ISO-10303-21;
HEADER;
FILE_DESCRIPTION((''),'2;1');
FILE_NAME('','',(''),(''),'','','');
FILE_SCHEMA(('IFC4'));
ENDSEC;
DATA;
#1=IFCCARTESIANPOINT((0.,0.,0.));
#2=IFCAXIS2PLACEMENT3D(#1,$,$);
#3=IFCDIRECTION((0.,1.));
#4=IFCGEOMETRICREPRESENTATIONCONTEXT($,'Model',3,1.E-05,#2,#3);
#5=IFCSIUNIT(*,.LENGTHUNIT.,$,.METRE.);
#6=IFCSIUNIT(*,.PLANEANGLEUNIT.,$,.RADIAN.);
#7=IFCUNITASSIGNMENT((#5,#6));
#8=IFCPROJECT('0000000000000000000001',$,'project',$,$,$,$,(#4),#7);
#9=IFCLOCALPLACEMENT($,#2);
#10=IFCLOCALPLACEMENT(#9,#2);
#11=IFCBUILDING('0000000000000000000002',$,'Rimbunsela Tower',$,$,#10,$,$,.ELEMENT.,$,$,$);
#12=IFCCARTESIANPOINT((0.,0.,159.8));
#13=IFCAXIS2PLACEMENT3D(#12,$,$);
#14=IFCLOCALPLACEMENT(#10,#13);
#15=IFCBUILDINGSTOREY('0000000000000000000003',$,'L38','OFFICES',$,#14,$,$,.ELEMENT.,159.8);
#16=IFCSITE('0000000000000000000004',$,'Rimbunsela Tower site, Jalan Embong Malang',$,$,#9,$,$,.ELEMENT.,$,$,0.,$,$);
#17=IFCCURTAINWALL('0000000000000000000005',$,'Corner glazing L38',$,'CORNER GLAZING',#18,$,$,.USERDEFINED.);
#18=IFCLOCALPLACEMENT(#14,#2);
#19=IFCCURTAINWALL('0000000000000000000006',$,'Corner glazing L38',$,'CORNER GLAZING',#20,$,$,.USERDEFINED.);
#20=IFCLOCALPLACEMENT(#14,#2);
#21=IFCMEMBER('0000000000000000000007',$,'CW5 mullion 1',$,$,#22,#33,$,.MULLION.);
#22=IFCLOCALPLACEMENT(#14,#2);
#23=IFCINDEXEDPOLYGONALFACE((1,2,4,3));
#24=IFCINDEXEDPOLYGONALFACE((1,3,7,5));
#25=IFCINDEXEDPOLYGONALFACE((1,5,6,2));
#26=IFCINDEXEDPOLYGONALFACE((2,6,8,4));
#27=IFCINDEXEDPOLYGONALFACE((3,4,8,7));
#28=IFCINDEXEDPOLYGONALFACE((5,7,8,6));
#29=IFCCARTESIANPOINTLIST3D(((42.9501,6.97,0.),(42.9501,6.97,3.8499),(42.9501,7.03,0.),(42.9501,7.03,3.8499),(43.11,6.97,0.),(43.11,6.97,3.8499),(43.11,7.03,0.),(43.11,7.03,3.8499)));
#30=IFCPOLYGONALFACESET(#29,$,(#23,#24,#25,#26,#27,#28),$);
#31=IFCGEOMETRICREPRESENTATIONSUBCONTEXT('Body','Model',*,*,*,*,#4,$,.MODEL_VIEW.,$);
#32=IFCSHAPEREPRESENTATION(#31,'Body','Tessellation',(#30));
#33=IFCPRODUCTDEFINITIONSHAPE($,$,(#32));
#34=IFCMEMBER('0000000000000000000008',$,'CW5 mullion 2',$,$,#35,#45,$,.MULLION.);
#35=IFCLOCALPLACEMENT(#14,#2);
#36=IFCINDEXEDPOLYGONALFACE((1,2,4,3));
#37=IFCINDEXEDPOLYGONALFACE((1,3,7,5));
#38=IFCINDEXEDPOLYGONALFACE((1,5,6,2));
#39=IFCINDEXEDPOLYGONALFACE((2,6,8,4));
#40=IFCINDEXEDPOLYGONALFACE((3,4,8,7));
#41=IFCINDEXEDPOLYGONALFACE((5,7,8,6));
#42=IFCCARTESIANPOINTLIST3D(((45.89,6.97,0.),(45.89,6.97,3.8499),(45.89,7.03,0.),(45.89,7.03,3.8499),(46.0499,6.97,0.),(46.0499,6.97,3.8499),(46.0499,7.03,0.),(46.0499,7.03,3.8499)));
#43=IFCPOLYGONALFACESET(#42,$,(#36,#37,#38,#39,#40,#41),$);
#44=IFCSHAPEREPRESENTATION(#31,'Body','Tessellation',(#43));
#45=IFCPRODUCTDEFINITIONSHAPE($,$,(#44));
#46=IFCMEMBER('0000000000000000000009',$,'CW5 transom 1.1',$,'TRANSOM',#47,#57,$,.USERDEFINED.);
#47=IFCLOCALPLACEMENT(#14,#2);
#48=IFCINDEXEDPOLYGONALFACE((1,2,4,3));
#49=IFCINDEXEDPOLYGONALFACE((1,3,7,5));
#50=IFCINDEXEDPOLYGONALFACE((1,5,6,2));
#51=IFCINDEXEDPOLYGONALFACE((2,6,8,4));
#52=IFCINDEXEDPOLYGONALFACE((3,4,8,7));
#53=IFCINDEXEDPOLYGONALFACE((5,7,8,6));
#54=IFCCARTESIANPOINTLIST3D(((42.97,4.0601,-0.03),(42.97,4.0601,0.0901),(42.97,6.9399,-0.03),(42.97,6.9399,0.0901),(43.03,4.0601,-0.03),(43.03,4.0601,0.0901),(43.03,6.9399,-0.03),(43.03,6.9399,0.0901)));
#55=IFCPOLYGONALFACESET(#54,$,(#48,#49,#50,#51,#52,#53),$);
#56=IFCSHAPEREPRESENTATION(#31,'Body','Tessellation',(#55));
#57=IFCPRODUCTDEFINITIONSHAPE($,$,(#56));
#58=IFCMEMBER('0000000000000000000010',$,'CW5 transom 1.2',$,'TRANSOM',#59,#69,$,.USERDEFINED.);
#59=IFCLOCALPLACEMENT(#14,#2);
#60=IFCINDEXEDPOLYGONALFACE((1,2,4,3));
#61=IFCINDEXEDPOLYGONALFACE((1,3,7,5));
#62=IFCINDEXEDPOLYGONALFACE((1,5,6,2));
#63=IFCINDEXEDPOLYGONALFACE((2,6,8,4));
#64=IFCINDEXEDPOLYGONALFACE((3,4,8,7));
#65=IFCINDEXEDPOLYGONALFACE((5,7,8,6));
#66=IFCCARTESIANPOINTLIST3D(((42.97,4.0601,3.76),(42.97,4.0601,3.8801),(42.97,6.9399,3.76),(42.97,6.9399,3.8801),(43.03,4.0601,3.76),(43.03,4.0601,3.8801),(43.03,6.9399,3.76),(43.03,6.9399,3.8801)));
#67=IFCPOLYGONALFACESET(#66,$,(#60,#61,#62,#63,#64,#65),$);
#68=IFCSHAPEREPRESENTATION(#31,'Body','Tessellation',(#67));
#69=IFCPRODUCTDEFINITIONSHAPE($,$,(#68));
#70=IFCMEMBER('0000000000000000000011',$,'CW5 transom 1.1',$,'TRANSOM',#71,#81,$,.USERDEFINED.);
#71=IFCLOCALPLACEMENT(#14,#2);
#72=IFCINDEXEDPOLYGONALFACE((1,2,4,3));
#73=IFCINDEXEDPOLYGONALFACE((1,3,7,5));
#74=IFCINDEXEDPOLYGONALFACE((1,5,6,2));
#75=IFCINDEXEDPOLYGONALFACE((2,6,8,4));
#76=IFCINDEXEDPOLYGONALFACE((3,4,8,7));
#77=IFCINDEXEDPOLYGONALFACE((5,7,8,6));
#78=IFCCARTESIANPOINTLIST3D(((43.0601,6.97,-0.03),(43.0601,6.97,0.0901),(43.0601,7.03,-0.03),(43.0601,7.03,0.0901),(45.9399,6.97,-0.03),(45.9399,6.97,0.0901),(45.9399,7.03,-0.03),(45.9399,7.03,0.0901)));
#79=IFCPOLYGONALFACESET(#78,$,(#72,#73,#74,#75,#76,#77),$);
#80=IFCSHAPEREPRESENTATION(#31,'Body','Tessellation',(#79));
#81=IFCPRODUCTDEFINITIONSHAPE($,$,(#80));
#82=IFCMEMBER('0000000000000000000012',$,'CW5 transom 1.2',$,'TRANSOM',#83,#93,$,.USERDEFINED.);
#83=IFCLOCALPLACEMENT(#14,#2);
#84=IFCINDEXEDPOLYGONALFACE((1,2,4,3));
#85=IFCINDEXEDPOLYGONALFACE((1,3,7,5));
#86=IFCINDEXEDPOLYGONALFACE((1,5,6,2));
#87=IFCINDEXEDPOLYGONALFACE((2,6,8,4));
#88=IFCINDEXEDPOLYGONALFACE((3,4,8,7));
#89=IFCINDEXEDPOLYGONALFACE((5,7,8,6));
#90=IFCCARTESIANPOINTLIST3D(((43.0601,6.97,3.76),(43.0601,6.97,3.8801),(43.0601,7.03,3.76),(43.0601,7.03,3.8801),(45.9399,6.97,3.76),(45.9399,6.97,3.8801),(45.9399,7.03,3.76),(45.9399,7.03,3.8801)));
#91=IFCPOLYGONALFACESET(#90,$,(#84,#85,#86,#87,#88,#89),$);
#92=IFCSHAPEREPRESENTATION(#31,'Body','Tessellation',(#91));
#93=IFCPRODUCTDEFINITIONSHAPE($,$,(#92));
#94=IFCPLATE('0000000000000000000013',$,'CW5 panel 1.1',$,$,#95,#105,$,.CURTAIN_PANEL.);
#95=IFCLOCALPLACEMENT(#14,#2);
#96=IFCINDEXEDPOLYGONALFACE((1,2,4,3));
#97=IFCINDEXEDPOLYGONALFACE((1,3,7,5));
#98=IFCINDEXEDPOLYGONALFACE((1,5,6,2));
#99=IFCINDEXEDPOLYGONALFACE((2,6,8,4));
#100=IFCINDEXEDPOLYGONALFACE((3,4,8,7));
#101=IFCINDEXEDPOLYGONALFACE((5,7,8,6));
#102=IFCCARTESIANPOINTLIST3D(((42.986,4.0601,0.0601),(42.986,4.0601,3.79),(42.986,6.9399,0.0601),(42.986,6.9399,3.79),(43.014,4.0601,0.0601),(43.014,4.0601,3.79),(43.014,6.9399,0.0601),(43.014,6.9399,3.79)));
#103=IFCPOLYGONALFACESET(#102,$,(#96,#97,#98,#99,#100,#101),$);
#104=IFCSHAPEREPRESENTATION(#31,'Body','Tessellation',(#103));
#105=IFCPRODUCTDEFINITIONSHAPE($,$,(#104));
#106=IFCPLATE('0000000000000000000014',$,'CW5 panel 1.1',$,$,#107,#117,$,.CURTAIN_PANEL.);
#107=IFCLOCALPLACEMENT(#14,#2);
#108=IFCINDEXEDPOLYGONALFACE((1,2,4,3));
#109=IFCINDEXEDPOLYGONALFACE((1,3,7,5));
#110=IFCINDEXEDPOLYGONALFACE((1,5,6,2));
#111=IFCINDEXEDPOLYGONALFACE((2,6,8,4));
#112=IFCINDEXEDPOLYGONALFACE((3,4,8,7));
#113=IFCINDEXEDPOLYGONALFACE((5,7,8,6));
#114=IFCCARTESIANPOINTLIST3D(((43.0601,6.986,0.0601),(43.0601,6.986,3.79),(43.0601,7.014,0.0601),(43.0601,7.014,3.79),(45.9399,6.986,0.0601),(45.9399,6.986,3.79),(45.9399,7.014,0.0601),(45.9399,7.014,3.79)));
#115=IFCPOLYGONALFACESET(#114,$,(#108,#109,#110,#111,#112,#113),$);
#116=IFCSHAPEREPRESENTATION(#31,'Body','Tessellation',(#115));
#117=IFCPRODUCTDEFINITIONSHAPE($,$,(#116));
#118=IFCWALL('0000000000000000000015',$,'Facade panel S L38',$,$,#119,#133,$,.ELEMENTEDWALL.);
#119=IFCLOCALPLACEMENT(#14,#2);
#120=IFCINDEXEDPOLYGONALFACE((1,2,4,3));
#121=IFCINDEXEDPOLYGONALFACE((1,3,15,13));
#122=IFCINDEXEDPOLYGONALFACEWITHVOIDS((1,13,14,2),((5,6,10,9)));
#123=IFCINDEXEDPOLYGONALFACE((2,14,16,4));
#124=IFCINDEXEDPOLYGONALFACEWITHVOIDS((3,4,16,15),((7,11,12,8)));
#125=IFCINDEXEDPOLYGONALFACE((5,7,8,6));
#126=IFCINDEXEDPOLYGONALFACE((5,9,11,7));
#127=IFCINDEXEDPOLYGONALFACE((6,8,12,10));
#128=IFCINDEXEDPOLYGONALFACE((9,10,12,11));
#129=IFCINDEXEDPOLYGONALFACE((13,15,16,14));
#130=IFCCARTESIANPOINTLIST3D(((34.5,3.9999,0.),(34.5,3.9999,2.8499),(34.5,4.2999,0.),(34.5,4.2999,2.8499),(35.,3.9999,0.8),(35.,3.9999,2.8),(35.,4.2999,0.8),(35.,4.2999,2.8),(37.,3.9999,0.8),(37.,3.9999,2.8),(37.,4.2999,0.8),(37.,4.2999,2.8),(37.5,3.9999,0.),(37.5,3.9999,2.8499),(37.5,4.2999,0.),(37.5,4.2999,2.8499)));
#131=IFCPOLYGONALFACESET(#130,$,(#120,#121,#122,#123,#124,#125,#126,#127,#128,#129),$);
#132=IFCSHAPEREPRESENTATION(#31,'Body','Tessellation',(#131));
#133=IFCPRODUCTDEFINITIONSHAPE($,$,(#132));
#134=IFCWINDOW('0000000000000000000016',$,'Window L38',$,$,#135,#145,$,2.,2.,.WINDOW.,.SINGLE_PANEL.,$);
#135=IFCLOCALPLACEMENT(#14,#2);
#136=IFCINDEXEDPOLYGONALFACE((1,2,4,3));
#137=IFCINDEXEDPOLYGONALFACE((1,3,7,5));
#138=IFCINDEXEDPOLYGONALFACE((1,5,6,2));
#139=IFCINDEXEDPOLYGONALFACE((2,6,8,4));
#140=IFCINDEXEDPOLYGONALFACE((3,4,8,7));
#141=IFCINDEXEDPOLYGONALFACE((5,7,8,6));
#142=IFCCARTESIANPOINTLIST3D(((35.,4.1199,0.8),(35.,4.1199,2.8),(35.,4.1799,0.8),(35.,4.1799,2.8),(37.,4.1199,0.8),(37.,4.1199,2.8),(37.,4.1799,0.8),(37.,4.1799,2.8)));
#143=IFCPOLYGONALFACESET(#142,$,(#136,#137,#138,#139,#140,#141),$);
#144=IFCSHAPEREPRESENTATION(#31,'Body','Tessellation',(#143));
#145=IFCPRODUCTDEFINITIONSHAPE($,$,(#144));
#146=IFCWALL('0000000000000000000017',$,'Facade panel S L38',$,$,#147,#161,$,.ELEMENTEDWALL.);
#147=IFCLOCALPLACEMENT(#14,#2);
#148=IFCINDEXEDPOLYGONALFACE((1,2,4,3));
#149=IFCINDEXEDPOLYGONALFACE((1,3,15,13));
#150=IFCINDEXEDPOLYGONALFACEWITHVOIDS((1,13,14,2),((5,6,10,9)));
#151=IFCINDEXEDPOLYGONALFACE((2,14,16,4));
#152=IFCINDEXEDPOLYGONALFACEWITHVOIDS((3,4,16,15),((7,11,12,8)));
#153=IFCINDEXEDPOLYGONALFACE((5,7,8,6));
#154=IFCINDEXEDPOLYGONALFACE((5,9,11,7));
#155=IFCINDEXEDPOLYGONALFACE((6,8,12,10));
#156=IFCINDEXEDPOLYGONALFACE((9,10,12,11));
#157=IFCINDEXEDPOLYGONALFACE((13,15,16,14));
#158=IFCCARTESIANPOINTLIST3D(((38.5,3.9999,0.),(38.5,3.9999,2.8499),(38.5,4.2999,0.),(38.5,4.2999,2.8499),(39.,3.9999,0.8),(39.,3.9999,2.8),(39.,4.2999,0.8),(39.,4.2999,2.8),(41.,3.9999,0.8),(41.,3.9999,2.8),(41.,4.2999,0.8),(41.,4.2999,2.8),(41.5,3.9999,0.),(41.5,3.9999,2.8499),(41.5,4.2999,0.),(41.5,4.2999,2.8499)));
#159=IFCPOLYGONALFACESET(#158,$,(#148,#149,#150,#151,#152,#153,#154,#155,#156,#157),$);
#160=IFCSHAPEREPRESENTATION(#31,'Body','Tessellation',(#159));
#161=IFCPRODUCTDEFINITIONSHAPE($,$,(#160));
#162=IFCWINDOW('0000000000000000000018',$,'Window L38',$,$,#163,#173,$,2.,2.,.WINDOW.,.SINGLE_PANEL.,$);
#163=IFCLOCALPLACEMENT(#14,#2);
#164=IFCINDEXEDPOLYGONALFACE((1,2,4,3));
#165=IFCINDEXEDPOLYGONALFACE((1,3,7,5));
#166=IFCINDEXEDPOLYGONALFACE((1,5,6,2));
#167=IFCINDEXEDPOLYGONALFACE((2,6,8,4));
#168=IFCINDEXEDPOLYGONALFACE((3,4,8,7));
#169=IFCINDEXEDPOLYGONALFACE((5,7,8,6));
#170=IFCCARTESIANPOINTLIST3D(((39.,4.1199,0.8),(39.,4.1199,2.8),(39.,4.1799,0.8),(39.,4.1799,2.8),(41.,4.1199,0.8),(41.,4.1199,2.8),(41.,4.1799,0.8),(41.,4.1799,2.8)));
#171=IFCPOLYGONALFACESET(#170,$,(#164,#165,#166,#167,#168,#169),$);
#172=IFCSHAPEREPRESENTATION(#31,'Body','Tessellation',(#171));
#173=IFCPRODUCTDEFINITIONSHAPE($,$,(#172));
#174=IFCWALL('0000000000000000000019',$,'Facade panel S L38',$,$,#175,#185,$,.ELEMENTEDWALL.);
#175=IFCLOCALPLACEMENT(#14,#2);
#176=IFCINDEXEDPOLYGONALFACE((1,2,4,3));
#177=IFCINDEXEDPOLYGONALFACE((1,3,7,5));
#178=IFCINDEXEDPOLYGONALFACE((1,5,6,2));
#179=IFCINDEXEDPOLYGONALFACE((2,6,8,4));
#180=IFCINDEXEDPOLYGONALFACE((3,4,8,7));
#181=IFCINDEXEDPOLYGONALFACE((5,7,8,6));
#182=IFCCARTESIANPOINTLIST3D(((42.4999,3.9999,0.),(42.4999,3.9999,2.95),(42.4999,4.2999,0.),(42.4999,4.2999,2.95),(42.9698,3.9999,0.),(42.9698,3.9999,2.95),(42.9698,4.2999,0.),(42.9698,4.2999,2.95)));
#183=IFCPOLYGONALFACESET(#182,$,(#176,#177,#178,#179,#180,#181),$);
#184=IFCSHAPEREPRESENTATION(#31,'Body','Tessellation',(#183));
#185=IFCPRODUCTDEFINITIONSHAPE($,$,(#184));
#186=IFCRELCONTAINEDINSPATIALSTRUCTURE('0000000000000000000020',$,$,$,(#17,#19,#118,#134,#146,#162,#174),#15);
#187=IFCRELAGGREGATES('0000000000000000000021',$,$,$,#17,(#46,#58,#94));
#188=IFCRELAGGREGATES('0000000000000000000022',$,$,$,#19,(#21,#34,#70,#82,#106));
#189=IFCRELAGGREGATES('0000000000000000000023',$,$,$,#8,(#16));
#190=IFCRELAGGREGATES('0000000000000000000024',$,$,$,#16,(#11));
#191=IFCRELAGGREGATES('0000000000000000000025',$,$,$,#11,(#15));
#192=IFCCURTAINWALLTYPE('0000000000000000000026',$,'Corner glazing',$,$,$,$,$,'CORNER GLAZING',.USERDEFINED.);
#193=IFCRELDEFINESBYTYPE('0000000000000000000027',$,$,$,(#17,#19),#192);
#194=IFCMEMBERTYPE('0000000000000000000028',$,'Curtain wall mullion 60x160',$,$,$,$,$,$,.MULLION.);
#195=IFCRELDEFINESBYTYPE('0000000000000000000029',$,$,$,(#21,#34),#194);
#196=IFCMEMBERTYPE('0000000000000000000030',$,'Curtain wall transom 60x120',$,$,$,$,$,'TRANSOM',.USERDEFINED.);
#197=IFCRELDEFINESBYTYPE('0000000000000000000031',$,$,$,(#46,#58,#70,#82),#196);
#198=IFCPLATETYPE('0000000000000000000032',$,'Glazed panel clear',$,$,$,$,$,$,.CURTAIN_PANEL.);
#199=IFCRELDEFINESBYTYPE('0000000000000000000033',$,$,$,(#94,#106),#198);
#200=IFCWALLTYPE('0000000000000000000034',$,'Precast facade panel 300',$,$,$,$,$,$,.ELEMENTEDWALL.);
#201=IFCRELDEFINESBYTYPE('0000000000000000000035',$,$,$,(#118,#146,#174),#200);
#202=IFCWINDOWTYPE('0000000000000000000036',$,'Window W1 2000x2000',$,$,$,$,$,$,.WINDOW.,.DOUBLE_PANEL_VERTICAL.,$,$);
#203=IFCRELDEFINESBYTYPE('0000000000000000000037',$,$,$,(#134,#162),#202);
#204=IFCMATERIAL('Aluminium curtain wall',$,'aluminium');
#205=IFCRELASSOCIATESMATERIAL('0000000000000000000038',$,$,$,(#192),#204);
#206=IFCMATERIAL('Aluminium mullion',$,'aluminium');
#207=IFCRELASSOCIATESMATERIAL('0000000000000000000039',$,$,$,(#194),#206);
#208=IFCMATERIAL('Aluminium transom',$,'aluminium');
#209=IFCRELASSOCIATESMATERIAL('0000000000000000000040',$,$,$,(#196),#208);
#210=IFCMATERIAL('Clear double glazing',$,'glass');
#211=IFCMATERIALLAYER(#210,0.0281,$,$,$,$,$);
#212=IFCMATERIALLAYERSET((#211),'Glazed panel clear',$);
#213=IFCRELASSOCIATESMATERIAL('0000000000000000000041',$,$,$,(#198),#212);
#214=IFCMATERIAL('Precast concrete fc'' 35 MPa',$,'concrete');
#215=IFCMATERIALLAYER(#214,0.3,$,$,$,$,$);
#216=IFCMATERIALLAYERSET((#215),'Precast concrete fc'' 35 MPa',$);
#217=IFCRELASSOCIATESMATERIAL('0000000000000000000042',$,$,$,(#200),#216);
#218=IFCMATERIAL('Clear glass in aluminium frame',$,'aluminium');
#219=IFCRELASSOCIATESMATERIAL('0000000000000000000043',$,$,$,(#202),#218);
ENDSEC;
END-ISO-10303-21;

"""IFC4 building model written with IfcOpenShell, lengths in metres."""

from ifc_helpers import new_model, si_unit, direction, frame, frame_2d, origin, origin_2d, place, context, subcontext, project, spatial, rectangle, extrude, material, layer, layer_set, material_profile, profile_set, type_object, element, fill, aggregate, save


model = new_model("IFC4")

# Units and contexts
model_context = context("Model", 3, precision=1e-05, world=origin(), true_north=direction((0.0, 1.0)))
body_context = subcontext(model_context, "Body", "Model", "MODEL_VIEW")
ifc_project = project(units=[si_unit("LENGTHUNIT", "METRE"), si_unit("PLANEANGLEUNIT", "RADIAN")], contexts=[model_context])

# Site, building, storey
site_placement = place(None, origin())
site = spatial("IfcSite", under=ifc_project, at=site_placement, Name="Rimbunsela Tower site, Jalan Embong Malang", CompositionType="ELEMENT", RefElevation=0.0)
building_placement = place(site_placement, origin())
building = spatial("IfcBuilding", under=site, at=building_placement, Name="Rimbunsela Tower", CompositionType="ELEMENT")
storey_placement = place(building_placement, frame((0.0, 0.0, 159.8)))
storey = spatial("IfcBuildingStorey", under=building, at=storey_placement, Name="L38", Description="OFFICES", CompositionType="ELEMENT", Elevation=159.8)

# Curtain walls, members
ifc_material_1 = material(Name="Aluminium curtain wall", Category="aluminium")
curtain_wall_type = type_object("IfcCurtainWallType", Name="Corner glazing", ElementType="CORNER GLAZING", PredefinedType="USERDEFINED", material=ifc_material_1)
curtain_wall_1_placement = place(storey_placement, origin())
curtain_wall_1 = element("IfcCurtainWall", 1, at=curtain_wall_1_placement, inside=storey, type_object=curtain_wall_type, Name="Corner glazing L38", ObjectType="CORNER GLAZING", PredefinedType="USERDEFINED")
ifc_material_2 = material(Name="Aluminium mullion", Category="aluminium")
ifc_material_profile_1 = material_profile(ifc_material_2, rectangle(XDim=0.0601, YDim=0.1599, at=origin_2d()), Name="Mullion 60x160")
ifc_profile_set_1 = profile_set([ifc_material_profile_1], Name="Aluminium mullion")
member_type_1 = type_object("IfcMemberType", Name="Curtain wall mullion 60x160", PredefinedType="MULLION", material=ifc_profile_set_1)
curtain_wall_2_placement = place(storey_placement, origin())
curtain_wall_2 = element("IfcCurtainWall", 2, at=curtain_wall_2_placement, inside=storey, type_object=curtain_wall_type, Name="Corner glazing L38", ObjectType="CORNER GLAZING", PredefinedType="USERDEFINED")
member_1_placement = place(storey_placement, frame((43.03, 7.0, 0.0), z_axis=(0.0, 0.0, 1.0), x_axis=(0.0, 1.0, 0.0)))
member_1 = element("IfcMember", 3, at=member_1_placement, type_object=member_type_1, Name="CW5 mullion 1", PredefinedType="MULLION", context=body_context, shape_type="SweptSolid", body=[
    extrude(rectangle(XDim=0.0601, YDim=0.1599, at=origin_2d()), origin(), (0.0, 0.0, 1.0), 3.8499),
])
member_2_placement = place(storey_placement, frame((45.97, 7.0, 0.0), z_axis=(0.0, 0.0, 1.0), x_axis=(0.0, 1.0, 0.0)))
member_2 = element("IfcMember", 4, at=member_2_placement, type_object=member_type_1, Name="CW5 mullion 2", PredefinedType="MULLION", context=body_context, shape_type="SweptSolid", body=[
    extrude(rectangle(XDim=0.0601, YDim=0.1599, at=origin_2d()), origin(), (0.0, 0.0, 1.0), 3.8499),
])

# Members
ifc_material_3 = material(Name="Aluminium transom", Category="aluminium")
ifc_material_profile_2 = material_profile(ifc_material_3, rectangle(XDim=0.0601, YDim=0.1201, at=origin_2d()), Name="Transom 60x120")
ifc_profile_set_2 = profile_set([ifc_material_profile_2], Name="Aluminium transom")
member_type_2 = type_object("IfcMemberType", Name="Curtain wall transom 60x120", ElementType="TRANSOM", PredefinedType="USERDEFINED", material=ifc_profile_set_2)
member_3_placement = place(storey_placement, frame((43.0, 4.0601, 0.03), z_axis=(0.0, 1.0, 0.0), x_axis=(-1.0, 0.0, 0.0)))
member_3 = element("IfcMember", 5, at=member_3_placement, type_object=member_type_2, Name="CW5 transom 1.1", ObjectType="TRANSOM", PredefinedType="USERDEFINED", context=body_context, shape_type="SweptSolid", body=[
    extrude(rectangle(XDim=0.0601, YDim=0.1201, at=origin_2d()), origin(), (0.0, 0.0, 1.0), 2.8799),
])
member_4_placement = place(storey_placement, frame((43.0, 4.0601, 3.8201), z_axis=(0.0, 1.0, 0.0), x_axis=(-1.0, 0.0, 0.0)))
member_4 = element("IfcMember", 6, at=member_4_placement, type_object=member_type_2, Name="CW5 transom 1.2", ObjectType="TRANSOM", PredefinedType="USERDEFINED", context=body_context, shape_type="SweptSolid", body=[
    extrude(rectangle(XDim=0.0601, YDim=0.1201, at=origin_2d()), origin(), (0.0, 0.0, 1.0), 2.8799),
])
member_5_placement = place(storey_placement, frame((43.0601, 7.0, 0.03), z_axis=(1.0, 0.0, 0.0), x_axis=(0.0, 1.0, 0.0)))
member_5 = element("IfcMember", 7, at=member_5_placement, type_object=member_type_2, Name="CW5 transom 1.1", ObjectType="TRANSOM", PredefinedType="USERDEFINED", context=body_context, shape_type="SweptSolid", body=[
    extrude(rectangle(XDim=0.0601, YDim=0.1201, at=origin_2d()), origin(), (0.0, 0.0, 1.0), 2.8799),
])
member_6_placement = place(storey_placement, frame((43.0601, 7.0, 3.8201), z_axis=(1.0, 0.0, 0.0), x_axis=(0.0, 1.0, 0.0)))
member_6 = element("IfcMember", 8, at=member_6_placement, type_object=member_type_2, Name="CW5 transom 1.2", ObjectType="TRANSOM", PredefinedType="USERDEFINED", context=body_context, shape_type="SweptSolid", body=[
    extrude(rectangle(XDim=0.0601, YDim=0.1201, at=origin_2d()), origin(), (0.0, 0.0, 1.0), 2.8799),
])

# Plates
ifc_material_4 = material(Name="Clear double glazing", Category="glass")
ifc_layer_1 = layer(ifc_material_4, 0.0281)
ifc_layer_set_1 = layer_set([ifc_layer_1], Name="Glazed panel clear")
plate_type = type_object("IfcPlateType", Name="Glazed panel clear", PredefinedType="CURTAIN_PANEL", material=ifc_layer_set_1)
plate_1_placement = place(storey_placement, frame((43.0, 5.5, 0.0601), z_axis=(0.0, 0.0, 1.0), x_axis=(0.0, 1.0, 0.0)))
plate_1 = element("IfcPlate", 9, at=plate_1_placement, type_object=plate_type, Name="CW5 panel 1.1", PredefinedType="CURTAIN_PANEL", context=body_context, shape_type="SweptSolid", body=[
    extrude(rectangle(XDim=2.8799, YDim=0.0281, at=origin_2d()), origin(), (0.0, 0.0, 1.0), 3.73),
])
aggregate(curtain_wall_1, [member_3, member_4, plate_1])
plate_2_placement = place(storey_placement, frame((44.5, 7.0, 0.0601), z_axis=(0.0, 0.0, 1.0), x_axis=(1.0, 0.0, 0.0)))
plate_2 = element("IfcPlate", 10, at=plate_2_placement, type_object=plate_type, Name="CW5 panel 1.1", PredefinedType="CURTAIN_PANEL", context=body_context, shape_type="SweptSolid", body=[
    extrude(rectangle(XDim=2.8799, YDim=0.0281, at=origin_2d()), origin(), (0.0, 0.0, 1.0), 3.73),
])
aggregate(curtain_wall_2, [member_1, member_2, member_5, member_6, plate_2])

# Walls, openings, windows
ifc_material_5 = material(Name="Precast concrete fc' 35 MPa", Category="concrete")
ifc_layer_2 = layer(ifc_material_5, 0.3)
ifc_layer_set_2 = layer_set([ifc_layer_2], Name="Precast concrete fc' 35 MPa")
wall_type = type_object("IfcWallType", Name="Precast facade panel 300", PredefinedType="ELEMENTEDWALL", material=ifc_layer_set_2)
wall_1_placement = place(storey_placement, frame((34.5, 4.1499, 0.0), z_axis=(0.0, 0.0, 1.0), x_axis=(1.0, 0.0, 0.0)))
wall_1 = element("IfcWall", 11, at=wall_1_placement, inside=storey, type_object=wall_type, Name="Facade panel S L38", PredefinedType="ELEMENTEDWALL", context=body_context, shape_type="SweptSolid", body=[
    extrude(rectangle(XDim=3.0, YDim=0.3, at=frame_2d((1.5, 0.0))), origin(), (0.0, 0.0, 1.0), 2.8499),
])
opening_1_placement = place(wall_1_placement, frame((0.5, 0.0, 0.8)))
opening_1 = element("IfcOpeningElement", 12, at=opening_1_placement, cuts=wall_1, PredefinedType="OPENING", context=body_context, shape_type="SweptSolid", body=[
    extrude(rectangle(XDim=2.0, YDim=2.0, at=frame_2d((1.0, 1.0))), frame((0.0, 0.1599, 0.0), z_axis=(0.0, -1.0, 0.0), x_axis=(1.0, 0.0, 0.0)), (0.0, 0.0, 1.0), 0.3201),
])
ifc_material_6 = material(Name="Clear glass in aluminium frame", Category="aluminium")
window_type = type_object("IfcWindowType", Name="Window W1 2000x2000", PartitioningType="DOUBLE_PANEL_VERTICAL", PredefinedType="WINDOW", material=ifc_material_6)
window_1_placement = place(opening_1_placement, origin())
window_1 = element("IfcWindow", 13, at=window_1_placement, inside=storey, type_object=window_type, Name="Window L38", OverallHeight=2.0, OverallWidth=2.0, PartitioningType="SINGLE_PANEL", PredefinedType="WINDOW", context=body_context, shape_type="SweptSolid", body=[
    extrude(rectangle(XDim=2.0, YDim=2.0, at=frame_2d((1.0, 1.0))), frame((0.0, 0.03, 0.0), z_axis=(0.0, -1.0, 0.0), x_axis=(1.0, 0.0, 0.0)), (0.0, 0.0, 1.0), 0.0601),
])
fill(opening_1, window_1)
wall_2_placement = place(storey_placement, frame((38.5, 4.1499, 0.0), z_axis=(0.0, 0.0, 1.0), x_axis=(1.0, 0.0, 0.0)))
wall_2 = element("IfcWall", 14, at=wall_2_placement, inside=storey, type_object=wall_type, Name="Facade panel S L38", PredefinedType="ELEMENTEDWALL", context=body_context, shape_type="SweptSolid", body=[
    extrude(rectangle(XDim=3.0, YDim=0.3, at=frame_2d((1.5, 0.0))), origin(), (0.0, 0.0, 1.0), 2.8499),
])
opening_2_placement = place(wall_2_placement, frame((0.5, 0.0, 0.8)))
opening_2 = element("IfcOpeningElement", 15, at=opening_2_placement, cuts=wall_2, PredefinedType="OPENING", context=body_context, shape_type="SweptSolid", body=[
    extrude(rectangle(XDim=2.0, YDim=2.0, at=frame_2d((1.0, 1.0))), frame((0.0, 0.1599, 0.0), z_axis=(0.0, -1.0, 0.0), x_axis=(1.0, 0.0, 0.0)), (0.0, 0.0, 1.0), 0.3201),
])
window_2_placement = place(opening_2_placement, origin())
window_2 = element("IfcWindow", 16, at=window_2_placement, inside=storey, type_object=window_type, Name="Window L38", OverallHeight=2.0, OverallWidth=2.0, PartitioningType="SINGLE_PANEL", PredefinedType="WINDOW", context=body_context, shape_type="SweptSolid", body=[
    extrude(rectangle(XDim=2.0, YDim=2.0, at=frame_2d((1.0, 1.0))), frame((0.0, 0.03, 0.0), z_axis=(0.0, -1.0, 0.0), x_axis=(1.0, 0.0, 0.0)), (0.0, 0.0, 1.0), 0.0601),
])
fill(opening_2, window_2)

# Wall
for number, where, z_axis, x_axis, name in (
    (17, (42.5, 4.1499, 0.0), (0.0, 0.0, 1.0), (1.0, 0.0, 0.0), "Facade panel S L38"),
):
    element("IfcWall", number, at=place(storey_placement, frame(where, z_axis=z_axis, x_axis=x_axis)), inside=storey, type_object=wall_type, Name=name, PredefinedType="ELEMENTEDWALL", context=body_context, shape_type="SweptSolid", body=[
        extrude(rectangle(XDim=0.47, YDim=0.3, at=frame_2d((0.2349, 0.0))), origin(), (0.0, 0.0, 1.0), 2.95),
    ])

save(model, "model.ifc")
